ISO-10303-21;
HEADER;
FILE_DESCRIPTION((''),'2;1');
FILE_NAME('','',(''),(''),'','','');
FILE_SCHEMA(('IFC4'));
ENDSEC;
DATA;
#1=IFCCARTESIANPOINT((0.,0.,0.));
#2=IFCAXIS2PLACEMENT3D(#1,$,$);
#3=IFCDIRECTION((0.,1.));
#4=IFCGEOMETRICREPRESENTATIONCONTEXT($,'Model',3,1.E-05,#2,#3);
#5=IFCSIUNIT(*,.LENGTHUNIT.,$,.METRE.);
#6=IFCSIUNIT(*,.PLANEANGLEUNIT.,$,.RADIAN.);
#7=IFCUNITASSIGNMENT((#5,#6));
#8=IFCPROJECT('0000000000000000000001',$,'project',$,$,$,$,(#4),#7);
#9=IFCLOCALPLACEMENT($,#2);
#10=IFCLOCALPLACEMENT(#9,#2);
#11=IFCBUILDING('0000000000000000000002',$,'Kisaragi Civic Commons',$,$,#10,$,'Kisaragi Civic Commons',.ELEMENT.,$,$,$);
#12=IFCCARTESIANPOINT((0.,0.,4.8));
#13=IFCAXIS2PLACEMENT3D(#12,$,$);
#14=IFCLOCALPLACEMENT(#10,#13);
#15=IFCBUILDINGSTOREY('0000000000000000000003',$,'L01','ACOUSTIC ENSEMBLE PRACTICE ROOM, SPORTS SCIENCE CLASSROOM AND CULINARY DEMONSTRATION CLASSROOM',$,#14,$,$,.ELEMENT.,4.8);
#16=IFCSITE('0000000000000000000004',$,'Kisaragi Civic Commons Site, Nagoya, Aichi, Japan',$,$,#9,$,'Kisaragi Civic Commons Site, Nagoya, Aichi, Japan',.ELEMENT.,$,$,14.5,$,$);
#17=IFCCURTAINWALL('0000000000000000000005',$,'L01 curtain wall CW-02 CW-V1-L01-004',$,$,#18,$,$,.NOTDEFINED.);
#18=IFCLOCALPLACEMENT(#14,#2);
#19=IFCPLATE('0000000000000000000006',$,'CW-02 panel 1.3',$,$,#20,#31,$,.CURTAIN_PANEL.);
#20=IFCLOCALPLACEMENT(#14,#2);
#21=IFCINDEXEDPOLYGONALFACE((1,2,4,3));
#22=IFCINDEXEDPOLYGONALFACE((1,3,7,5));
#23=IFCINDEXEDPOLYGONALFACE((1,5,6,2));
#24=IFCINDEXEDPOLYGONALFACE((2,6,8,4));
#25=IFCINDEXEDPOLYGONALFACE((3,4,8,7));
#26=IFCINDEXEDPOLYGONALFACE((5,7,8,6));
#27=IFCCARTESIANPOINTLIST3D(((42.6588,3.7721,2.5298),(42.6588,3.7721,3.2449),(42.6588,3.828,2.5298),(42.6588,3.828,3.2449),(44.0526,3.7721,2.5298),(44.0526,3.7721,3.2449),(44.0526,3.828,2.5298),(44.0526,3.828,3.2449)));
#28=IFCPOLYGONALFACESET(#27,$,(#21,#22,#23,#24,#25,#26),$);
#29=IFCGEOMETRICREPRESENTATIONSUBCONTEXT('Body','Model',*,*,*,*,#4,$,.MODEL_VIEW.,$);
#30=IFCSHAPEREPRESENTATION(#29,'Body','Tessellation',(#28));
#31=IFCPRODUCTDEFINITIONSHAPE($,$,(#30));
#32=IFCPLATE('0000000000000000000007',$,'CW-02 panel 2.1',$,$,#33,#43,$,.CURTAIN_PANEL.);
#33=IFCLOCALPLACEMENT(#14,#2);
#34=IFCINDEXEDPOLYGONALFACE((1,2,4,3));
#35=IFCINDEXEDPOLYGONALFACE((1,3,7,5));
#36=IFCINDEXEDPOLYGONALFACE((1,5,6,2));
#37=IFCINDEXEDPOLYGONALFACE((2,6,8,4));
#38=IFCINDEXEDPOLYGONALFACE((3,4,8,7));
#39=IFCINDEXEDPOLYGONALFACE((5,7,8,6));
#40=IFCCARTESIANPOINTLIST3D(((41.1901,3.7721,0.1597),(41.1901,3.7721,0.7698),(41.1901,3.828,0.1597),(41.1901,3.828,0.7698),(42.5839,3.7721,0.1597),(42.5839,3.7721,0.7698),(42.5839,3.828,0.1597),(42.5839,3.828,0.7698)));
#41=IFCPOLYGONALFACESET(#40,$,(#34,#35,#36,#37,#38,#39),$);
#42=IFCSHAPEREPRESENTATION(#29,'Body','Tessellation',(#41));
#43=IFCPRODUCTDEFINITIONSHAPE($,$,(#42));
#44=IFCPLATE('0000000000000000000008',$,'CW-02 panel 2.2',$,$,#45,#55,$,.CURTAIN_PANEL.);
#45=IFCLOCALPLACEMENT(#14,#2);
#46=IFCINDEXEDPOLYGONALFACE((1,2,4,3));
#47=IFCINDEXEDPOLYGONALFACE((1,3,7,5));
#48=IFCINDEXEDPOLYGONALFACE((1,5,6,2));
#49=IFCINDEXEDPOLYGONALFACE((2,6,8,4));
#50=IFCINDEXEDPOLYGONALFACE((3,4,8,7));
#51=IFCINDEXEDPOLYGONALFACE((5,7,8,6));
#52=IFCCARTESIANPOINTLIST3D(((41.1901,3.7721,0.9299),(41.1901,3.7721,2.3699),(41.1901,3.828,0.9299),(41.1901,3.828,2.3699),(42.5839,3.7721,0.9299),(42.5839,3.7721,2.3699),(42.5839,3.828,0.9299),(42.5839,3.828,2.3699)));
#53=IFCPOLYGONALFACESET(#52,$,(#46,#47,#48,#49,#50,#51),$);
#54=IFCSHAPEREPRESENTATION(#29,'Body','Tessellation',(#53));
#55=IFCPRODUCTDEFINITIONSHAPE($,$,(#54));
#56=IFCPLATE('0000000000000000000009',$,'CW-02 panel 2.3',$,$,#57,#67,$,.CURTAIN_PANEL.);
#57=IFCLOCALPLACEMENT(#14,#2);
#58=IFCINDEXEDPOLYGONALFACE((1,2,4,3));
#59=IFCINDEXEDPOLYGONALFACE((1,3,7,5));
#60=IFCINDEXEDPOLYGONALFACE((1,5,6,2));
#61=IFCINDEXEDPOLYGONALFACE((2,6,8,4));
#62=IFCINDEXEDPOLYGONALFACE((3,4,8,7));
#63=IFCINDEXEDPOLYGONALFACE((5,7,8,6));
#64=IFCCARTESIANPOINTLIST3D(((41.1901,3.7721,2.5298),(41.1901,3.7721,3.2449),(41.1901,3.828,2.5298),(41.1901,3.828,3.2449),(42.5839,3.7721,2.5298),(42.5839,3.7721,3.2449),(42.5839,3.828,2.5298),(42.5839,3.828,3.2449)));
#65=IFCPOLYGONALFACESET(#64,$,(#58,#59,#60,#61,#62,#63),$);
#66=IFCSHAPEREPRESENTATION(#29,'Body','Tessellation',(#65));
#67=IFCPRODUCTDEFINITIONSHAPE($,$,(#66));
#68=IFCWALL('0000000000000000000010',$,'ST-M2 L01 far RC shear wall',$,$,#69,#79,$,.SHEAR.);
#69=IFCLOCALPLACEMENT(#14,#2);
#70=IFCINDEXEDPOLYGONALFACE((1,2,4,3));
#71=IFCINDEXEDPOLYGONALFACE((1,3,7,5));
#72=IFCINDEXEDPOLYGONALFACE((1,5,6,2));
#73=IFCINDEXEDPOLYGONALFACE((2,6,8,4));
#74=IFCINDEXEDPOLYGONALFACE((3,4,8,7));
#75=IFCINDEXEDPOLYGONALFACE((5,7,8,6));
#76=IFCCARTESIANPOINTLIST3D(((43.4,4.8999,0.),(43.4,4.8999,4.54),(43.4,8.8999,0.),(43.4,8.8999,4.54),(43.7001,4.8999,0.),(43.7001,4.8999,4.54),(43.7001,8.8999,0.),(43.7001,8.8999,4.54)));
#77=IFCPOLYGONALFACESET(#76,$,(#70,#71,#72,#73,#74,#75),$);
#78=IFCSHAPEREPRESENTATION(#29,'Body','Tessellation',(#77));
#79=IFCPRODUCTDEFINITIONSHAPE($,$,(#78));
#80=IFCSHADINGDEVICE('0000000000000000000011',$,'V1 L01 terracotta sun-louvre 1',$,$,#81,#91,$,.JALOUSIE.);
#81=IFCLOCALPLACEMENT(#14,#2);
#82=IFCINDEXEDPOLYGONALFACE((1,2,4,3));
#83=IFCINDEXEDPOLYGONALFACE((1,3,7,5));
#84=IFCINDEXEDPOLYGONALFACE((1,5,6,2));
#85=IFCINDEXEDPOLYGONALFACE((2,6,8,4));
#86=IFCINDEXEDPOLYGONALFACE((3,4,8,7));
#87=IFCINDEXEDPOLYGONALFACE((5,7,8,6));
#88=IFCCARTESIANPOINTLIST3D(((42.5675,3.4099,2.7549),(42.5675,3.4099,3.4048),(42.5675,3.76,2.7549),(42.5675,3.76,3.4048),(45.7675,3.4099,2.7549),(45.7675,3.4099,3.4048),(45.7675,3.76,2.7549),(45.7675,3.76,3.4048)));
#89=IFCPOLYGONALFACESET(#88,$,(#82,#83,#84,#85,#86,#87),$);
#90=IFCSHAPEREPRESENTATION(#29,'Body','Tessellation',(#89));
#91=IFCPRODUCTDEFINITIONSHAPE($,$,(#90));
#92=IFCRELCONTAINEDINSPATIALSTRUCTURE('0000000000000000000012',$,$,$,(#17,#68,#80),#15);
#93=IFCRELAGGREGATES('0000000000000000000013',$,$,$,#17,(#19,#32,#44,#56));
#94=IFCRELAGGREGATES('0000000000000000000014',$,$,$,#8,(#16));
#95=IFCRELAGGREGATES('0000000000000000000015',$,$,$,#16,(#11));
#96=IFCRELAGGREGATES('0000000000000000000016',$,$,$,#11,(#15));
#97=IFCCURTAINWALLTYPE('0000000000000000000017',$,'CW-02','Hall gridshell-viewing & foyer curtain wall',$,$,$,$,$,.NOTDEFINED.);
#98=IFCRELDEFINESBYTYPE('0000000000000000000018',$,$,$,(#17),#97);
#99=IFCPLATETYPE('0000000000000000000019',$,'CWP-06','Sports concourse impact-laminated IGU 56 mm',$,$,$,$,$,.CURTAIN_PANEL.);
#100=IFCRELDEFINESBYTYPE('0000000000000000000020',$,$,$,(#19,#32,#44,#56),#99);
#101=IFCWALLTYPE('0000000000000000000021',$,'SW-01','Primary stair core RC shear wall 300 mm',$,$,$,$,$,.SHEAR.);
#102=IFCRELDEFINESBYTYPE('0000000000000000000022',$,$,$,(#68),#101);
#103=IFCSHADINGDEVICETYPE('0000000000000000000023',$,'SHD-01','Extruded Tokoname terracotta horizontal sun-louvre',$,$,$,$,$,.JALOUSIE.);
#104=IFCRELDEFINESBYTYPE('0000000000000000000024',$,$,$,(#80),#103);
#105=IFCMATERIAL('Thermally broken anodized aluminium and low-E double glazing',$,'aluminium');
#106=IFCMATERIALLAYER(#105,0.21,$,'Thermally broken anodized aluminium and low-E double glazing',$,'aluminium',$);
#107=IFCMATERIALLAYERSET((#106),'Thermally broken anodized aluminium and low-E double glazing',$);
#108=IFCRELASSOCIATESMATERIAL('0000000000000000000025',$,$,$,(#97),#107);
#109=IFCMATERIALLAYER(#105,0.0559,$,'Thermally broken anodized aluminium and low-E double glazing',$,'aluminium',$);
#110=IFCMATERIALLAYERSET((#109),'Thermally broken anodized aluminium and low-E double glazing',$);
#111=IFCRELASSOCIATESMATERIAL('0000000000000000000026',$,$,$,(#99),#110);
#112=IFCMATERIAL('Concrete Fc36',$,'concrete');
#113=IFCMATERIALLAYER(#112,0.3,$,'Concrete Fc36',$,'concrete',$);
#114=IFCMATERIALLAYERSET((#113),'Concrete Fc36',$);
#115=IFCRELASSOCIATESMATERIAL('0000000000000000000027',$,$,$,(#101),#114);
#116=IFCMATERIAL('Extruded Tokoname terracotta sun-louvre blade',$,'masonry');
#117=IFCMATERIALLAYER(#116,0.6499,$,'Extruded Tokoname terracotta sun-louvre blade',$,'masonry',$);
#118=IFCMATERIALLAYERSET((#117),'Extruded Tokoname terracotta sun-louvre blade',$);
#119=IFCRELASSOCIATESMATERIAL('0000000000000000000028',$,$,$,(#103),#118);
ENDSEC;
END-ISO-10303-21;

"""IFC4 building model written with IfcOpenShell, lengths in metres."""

from ifc_helpers import new_model, si_unit, direction, frame, frame_2d, origin, origin_2d, place, context, subcontext, project, spatial, rectangle, extrude, material, layer, layer_set, type_object, element, aggregate, save


model = new_model("IFC4")

# Units and contexts
model_context = context("Model", 3, precision=1e-05, world=origin(), true_north=direction((0.0, 1.0)))
body_context = subcontext(model_context, "Body", "Model", "MODEL_VIEW")
ifc_project = project(units=[si_unit("LENGTHUNIT", "METRE"), si_unit("PLANEANGLEUNIT", "RADIAN")], contexts=[model_context])

# Site, building, storey
site_placement = place(None, origin())
site = spatial("IfcSite", under=ifc_project, at=site_placement, Name="Kisaragi Civic Commons Site, Nagoya, Aichi, Japan", LongName="Kisaragi Civic Commons Site, Nagoya, Aichi, Japan", CompositionType="ELEMENT", RefElevation=14.5)
building_placement = place(site_placement, origin())
building = spatial("IfcBuilding", under=site, at=building_placement, Name="Kisaragi Civic Commons", LongName="Kisaragi Civic Commons", CompositionType="ELEMENT")
storey_placement = place(building_placement, frame((0.0, 0.0, 4.8)))
storey = spatial("IfcBuildingStorey", under=building, at=storey_placement, Name="L01", Description="ACOUSTIC ENSEMBLE PRACTICE ROOM, SPORTS SCIENCE CLASSROOM AND CULINARY DEMONSTRATION CLASSROOM", CompositionType="ELEMENT", Elevation=4.8)

# Shared definitions
ifc_material_1 = material(Name="Thermally broken anodized aluminium and low-E double glazing", Category="aluminium")
ifc_layer_1 = layer(ifc_material_1, 0.21, Name="Thermally broken anodized aluminium and low-E double glazing", Category="aluminium")
ifc_layer_set_1 = layer_set([ifc_layer_1], Name="Thermally broken anodized aluminium and low-E double glazing")
curtain_wall_type = type_object("IfcCurtainWallType", Name="CW-02", Description="Hall gridshell-viewing & foyer curtain wall", PredefinedType="NOTDEFINED", material=ifc_layer_set_1)

# Curtain wall
curtain_wall_1_placement = place(storey_placement, origin())
curtain_wall_1 = element("IfcCurtainWall", 1, at=curtain_wall_1_placement, inside=storey, type_object=curtain_wall_type, Name="L01 curtain wall CW-02 CW-V1-L01-004", PredefinedType="NOTDEFINED")

# Plates
ifc_layer_2 = layer(ifc_material_1, 0.0559, Name="Thermally broken anodized aluminium and low-E double glazing", Category="aluminium")
ifc_layer_set_2 = layer_set([ifc_layer_2], Name="Thermally broken anodized aluminium and low-E double glazing")
plate_type_1 = type_object("IfcPlateType", Name="CWP-06", Description="Sports concourse impact-laminated IGU 56 mm", PredefinedType="CURTAIN_PANEL", material=ifc_layer_set_2)
plate_1_placement = place(storey_placement, frame((43.3557, 3.8, 2.5298), z_axis=(0.0, 0.0, 1.0), x_axis=(-1.0, 0.0, 0.0)))
plate_1 = element("IfcPlate", 2, at=plate_1_placement, type_object=plate_type_1, Name="CW-02 panel 1.3", PredefinedType="CURTAIN_PANEL", context=body_context, shape_type="SweptSolid", body=[
    extrude(rectangle(XDim=1.3938, YDim=0.0559, at=origin_2d()), origin(), (0.0, 0.0, 1.0), 0.7151),
])
plate_2_placement = place(storey_placement, frame((41.887, 3.8, 0.1597), z_axis=(0.0, 0.0, 1.0), x_axis=(-1.0, 0.0, 0.0)))
plate_2 = element("IfcPlate", 3, at=plate_2_placement, type_object=plate_type_1, Name="CW-02 panel 2.1", PredefinedType="CURTAIN_PANEL", context=body_context, shape_type="SweptSolid", body=[
    extrude(rectangle(XDim=1.3938, YDim=0.0559, at=origin_2d()), origin(), (0.0, 0.0, 1.0), 0.6101),
])
plate_3_placement = place(storey_placement, frame((41.887, 3.8, 0.9299), z_axis=(0.0, 0.0, 1.0), x_axis=(-1.0, 0.0, 0.0)))
plate_3 = element("IfcPlate", 4, at=plate_3_placement, type_object=plate_type_1, Name="CW-02 panel 2.2", PredefinedType="CURTAIN_PANEL", context=body_context, shape_type="SweptSolid", body=[
    extrude(rectangle(XDim=1.3938, YDim=0.0559, at=origin_2d()), origin(), (0.0, 0.0, 1.0), 1.4399),
])
plate_4_placement = place(storey_placement, frame((41.887, 3.8, 2.5298), z_axis=(0.0, 0.0, 1.0), x_axis=(-1.0, 0.0, 0.0)))
plate_4 = element("IfcPlate", 5, at=plate_4_placement, type_object=plate_type_1, Name="CW-02 panel 2.3", PredefinedType="CURTAIN_PANEL", context=body_context, shape_type="SweptSolid", body=[
    extrude(rectangle(XDim=1.3938, YDim=0.0559, at=origin_2d()), origin(), (0.0, 0.0, 1.0), 0.7151),
])
aggregate(curtain_wall_1, [plate_1, plate_2, plate_3, plate_4])

# Wall
ifc_material_2 = material(Name="Concrete Fc36", Category="concrete")
ifc_layer_3 = layer(ifc_material_2, 0.3, Name="Concrete Fc36", Category="concrete")
ifc_layer_set_3 = layer_set([ifc_layer_3], Name="Concrete Fc36")
wall_type = type_object("IfcWallType", Name="SW-01", Description="Primary stair core RC shear wall 300 mm", PredefinedType="SHEAR", material=ifc_layer_set_3)
wall_placement = place(storey_placement, frame((43.55, 4.8999, 0.0), z_axis=(0.0, 0.0, 1.0), x_axis=(0.0, 1.0, 0.0)))
element("IfcWall", 6, at=wall_placement, inside=storey, type_object=wall_type, Name="ST-M2 L01 far RC shear wall", PredefinedType="SHEAR", context=body_context, shape_type="SweptSolid", body=[
    extrude(rectangle(XDim=4.0, YDim=0.3, at=frame_2d((2.0, 0.0))), origin(), (0.0, 0.0, 1.0), 4.54),
])

# Shading device
ifc_material_3 = material(Name="Extruded Tokoname terracotta sun-louvre blade", Category="masonry")
ifc_layer_4 = layer(ifc_material_3, 0.6499, Name="Extruded Tokoname terracotta sun-louvre blade", Category="masonry")
ifc_layer_set_4 = layer_set([ifc_layer_4], Name="Extruded Tokoname terracotta sun-louvre blade")
shading_device_type = type_object("IfcShadingDeviceType", Name="SHD-01", Description="Extruded Tokoname terracotta horizontal sun-louvre", PredefinedType="JALOUSIE", material=ifc_layer_set_4)
shading_device_placement = place(storey_placement, frame((44.1675, 3.585, 2.7549), z_axis=(0.0, 0.0, 1.0), x_axis=(-1.0, 0.0, 0.0)))
element("IfcShadingDevice", 7, at=shading_device_placement, inside=storey, type_object=shading_device_type, Name="V1 L01 terracotta sun-louvre 1", PredefinedType="JALOUSIE", context=body_context, shape_type="SweptSolid", body=[
    extrude(rectangle(XDim=3.2, YDim=0.3501, at=origin_2d()), origin(), (0.0, 0.0, 1.0), 0.6499),
])

save(model, "model.ifc")
